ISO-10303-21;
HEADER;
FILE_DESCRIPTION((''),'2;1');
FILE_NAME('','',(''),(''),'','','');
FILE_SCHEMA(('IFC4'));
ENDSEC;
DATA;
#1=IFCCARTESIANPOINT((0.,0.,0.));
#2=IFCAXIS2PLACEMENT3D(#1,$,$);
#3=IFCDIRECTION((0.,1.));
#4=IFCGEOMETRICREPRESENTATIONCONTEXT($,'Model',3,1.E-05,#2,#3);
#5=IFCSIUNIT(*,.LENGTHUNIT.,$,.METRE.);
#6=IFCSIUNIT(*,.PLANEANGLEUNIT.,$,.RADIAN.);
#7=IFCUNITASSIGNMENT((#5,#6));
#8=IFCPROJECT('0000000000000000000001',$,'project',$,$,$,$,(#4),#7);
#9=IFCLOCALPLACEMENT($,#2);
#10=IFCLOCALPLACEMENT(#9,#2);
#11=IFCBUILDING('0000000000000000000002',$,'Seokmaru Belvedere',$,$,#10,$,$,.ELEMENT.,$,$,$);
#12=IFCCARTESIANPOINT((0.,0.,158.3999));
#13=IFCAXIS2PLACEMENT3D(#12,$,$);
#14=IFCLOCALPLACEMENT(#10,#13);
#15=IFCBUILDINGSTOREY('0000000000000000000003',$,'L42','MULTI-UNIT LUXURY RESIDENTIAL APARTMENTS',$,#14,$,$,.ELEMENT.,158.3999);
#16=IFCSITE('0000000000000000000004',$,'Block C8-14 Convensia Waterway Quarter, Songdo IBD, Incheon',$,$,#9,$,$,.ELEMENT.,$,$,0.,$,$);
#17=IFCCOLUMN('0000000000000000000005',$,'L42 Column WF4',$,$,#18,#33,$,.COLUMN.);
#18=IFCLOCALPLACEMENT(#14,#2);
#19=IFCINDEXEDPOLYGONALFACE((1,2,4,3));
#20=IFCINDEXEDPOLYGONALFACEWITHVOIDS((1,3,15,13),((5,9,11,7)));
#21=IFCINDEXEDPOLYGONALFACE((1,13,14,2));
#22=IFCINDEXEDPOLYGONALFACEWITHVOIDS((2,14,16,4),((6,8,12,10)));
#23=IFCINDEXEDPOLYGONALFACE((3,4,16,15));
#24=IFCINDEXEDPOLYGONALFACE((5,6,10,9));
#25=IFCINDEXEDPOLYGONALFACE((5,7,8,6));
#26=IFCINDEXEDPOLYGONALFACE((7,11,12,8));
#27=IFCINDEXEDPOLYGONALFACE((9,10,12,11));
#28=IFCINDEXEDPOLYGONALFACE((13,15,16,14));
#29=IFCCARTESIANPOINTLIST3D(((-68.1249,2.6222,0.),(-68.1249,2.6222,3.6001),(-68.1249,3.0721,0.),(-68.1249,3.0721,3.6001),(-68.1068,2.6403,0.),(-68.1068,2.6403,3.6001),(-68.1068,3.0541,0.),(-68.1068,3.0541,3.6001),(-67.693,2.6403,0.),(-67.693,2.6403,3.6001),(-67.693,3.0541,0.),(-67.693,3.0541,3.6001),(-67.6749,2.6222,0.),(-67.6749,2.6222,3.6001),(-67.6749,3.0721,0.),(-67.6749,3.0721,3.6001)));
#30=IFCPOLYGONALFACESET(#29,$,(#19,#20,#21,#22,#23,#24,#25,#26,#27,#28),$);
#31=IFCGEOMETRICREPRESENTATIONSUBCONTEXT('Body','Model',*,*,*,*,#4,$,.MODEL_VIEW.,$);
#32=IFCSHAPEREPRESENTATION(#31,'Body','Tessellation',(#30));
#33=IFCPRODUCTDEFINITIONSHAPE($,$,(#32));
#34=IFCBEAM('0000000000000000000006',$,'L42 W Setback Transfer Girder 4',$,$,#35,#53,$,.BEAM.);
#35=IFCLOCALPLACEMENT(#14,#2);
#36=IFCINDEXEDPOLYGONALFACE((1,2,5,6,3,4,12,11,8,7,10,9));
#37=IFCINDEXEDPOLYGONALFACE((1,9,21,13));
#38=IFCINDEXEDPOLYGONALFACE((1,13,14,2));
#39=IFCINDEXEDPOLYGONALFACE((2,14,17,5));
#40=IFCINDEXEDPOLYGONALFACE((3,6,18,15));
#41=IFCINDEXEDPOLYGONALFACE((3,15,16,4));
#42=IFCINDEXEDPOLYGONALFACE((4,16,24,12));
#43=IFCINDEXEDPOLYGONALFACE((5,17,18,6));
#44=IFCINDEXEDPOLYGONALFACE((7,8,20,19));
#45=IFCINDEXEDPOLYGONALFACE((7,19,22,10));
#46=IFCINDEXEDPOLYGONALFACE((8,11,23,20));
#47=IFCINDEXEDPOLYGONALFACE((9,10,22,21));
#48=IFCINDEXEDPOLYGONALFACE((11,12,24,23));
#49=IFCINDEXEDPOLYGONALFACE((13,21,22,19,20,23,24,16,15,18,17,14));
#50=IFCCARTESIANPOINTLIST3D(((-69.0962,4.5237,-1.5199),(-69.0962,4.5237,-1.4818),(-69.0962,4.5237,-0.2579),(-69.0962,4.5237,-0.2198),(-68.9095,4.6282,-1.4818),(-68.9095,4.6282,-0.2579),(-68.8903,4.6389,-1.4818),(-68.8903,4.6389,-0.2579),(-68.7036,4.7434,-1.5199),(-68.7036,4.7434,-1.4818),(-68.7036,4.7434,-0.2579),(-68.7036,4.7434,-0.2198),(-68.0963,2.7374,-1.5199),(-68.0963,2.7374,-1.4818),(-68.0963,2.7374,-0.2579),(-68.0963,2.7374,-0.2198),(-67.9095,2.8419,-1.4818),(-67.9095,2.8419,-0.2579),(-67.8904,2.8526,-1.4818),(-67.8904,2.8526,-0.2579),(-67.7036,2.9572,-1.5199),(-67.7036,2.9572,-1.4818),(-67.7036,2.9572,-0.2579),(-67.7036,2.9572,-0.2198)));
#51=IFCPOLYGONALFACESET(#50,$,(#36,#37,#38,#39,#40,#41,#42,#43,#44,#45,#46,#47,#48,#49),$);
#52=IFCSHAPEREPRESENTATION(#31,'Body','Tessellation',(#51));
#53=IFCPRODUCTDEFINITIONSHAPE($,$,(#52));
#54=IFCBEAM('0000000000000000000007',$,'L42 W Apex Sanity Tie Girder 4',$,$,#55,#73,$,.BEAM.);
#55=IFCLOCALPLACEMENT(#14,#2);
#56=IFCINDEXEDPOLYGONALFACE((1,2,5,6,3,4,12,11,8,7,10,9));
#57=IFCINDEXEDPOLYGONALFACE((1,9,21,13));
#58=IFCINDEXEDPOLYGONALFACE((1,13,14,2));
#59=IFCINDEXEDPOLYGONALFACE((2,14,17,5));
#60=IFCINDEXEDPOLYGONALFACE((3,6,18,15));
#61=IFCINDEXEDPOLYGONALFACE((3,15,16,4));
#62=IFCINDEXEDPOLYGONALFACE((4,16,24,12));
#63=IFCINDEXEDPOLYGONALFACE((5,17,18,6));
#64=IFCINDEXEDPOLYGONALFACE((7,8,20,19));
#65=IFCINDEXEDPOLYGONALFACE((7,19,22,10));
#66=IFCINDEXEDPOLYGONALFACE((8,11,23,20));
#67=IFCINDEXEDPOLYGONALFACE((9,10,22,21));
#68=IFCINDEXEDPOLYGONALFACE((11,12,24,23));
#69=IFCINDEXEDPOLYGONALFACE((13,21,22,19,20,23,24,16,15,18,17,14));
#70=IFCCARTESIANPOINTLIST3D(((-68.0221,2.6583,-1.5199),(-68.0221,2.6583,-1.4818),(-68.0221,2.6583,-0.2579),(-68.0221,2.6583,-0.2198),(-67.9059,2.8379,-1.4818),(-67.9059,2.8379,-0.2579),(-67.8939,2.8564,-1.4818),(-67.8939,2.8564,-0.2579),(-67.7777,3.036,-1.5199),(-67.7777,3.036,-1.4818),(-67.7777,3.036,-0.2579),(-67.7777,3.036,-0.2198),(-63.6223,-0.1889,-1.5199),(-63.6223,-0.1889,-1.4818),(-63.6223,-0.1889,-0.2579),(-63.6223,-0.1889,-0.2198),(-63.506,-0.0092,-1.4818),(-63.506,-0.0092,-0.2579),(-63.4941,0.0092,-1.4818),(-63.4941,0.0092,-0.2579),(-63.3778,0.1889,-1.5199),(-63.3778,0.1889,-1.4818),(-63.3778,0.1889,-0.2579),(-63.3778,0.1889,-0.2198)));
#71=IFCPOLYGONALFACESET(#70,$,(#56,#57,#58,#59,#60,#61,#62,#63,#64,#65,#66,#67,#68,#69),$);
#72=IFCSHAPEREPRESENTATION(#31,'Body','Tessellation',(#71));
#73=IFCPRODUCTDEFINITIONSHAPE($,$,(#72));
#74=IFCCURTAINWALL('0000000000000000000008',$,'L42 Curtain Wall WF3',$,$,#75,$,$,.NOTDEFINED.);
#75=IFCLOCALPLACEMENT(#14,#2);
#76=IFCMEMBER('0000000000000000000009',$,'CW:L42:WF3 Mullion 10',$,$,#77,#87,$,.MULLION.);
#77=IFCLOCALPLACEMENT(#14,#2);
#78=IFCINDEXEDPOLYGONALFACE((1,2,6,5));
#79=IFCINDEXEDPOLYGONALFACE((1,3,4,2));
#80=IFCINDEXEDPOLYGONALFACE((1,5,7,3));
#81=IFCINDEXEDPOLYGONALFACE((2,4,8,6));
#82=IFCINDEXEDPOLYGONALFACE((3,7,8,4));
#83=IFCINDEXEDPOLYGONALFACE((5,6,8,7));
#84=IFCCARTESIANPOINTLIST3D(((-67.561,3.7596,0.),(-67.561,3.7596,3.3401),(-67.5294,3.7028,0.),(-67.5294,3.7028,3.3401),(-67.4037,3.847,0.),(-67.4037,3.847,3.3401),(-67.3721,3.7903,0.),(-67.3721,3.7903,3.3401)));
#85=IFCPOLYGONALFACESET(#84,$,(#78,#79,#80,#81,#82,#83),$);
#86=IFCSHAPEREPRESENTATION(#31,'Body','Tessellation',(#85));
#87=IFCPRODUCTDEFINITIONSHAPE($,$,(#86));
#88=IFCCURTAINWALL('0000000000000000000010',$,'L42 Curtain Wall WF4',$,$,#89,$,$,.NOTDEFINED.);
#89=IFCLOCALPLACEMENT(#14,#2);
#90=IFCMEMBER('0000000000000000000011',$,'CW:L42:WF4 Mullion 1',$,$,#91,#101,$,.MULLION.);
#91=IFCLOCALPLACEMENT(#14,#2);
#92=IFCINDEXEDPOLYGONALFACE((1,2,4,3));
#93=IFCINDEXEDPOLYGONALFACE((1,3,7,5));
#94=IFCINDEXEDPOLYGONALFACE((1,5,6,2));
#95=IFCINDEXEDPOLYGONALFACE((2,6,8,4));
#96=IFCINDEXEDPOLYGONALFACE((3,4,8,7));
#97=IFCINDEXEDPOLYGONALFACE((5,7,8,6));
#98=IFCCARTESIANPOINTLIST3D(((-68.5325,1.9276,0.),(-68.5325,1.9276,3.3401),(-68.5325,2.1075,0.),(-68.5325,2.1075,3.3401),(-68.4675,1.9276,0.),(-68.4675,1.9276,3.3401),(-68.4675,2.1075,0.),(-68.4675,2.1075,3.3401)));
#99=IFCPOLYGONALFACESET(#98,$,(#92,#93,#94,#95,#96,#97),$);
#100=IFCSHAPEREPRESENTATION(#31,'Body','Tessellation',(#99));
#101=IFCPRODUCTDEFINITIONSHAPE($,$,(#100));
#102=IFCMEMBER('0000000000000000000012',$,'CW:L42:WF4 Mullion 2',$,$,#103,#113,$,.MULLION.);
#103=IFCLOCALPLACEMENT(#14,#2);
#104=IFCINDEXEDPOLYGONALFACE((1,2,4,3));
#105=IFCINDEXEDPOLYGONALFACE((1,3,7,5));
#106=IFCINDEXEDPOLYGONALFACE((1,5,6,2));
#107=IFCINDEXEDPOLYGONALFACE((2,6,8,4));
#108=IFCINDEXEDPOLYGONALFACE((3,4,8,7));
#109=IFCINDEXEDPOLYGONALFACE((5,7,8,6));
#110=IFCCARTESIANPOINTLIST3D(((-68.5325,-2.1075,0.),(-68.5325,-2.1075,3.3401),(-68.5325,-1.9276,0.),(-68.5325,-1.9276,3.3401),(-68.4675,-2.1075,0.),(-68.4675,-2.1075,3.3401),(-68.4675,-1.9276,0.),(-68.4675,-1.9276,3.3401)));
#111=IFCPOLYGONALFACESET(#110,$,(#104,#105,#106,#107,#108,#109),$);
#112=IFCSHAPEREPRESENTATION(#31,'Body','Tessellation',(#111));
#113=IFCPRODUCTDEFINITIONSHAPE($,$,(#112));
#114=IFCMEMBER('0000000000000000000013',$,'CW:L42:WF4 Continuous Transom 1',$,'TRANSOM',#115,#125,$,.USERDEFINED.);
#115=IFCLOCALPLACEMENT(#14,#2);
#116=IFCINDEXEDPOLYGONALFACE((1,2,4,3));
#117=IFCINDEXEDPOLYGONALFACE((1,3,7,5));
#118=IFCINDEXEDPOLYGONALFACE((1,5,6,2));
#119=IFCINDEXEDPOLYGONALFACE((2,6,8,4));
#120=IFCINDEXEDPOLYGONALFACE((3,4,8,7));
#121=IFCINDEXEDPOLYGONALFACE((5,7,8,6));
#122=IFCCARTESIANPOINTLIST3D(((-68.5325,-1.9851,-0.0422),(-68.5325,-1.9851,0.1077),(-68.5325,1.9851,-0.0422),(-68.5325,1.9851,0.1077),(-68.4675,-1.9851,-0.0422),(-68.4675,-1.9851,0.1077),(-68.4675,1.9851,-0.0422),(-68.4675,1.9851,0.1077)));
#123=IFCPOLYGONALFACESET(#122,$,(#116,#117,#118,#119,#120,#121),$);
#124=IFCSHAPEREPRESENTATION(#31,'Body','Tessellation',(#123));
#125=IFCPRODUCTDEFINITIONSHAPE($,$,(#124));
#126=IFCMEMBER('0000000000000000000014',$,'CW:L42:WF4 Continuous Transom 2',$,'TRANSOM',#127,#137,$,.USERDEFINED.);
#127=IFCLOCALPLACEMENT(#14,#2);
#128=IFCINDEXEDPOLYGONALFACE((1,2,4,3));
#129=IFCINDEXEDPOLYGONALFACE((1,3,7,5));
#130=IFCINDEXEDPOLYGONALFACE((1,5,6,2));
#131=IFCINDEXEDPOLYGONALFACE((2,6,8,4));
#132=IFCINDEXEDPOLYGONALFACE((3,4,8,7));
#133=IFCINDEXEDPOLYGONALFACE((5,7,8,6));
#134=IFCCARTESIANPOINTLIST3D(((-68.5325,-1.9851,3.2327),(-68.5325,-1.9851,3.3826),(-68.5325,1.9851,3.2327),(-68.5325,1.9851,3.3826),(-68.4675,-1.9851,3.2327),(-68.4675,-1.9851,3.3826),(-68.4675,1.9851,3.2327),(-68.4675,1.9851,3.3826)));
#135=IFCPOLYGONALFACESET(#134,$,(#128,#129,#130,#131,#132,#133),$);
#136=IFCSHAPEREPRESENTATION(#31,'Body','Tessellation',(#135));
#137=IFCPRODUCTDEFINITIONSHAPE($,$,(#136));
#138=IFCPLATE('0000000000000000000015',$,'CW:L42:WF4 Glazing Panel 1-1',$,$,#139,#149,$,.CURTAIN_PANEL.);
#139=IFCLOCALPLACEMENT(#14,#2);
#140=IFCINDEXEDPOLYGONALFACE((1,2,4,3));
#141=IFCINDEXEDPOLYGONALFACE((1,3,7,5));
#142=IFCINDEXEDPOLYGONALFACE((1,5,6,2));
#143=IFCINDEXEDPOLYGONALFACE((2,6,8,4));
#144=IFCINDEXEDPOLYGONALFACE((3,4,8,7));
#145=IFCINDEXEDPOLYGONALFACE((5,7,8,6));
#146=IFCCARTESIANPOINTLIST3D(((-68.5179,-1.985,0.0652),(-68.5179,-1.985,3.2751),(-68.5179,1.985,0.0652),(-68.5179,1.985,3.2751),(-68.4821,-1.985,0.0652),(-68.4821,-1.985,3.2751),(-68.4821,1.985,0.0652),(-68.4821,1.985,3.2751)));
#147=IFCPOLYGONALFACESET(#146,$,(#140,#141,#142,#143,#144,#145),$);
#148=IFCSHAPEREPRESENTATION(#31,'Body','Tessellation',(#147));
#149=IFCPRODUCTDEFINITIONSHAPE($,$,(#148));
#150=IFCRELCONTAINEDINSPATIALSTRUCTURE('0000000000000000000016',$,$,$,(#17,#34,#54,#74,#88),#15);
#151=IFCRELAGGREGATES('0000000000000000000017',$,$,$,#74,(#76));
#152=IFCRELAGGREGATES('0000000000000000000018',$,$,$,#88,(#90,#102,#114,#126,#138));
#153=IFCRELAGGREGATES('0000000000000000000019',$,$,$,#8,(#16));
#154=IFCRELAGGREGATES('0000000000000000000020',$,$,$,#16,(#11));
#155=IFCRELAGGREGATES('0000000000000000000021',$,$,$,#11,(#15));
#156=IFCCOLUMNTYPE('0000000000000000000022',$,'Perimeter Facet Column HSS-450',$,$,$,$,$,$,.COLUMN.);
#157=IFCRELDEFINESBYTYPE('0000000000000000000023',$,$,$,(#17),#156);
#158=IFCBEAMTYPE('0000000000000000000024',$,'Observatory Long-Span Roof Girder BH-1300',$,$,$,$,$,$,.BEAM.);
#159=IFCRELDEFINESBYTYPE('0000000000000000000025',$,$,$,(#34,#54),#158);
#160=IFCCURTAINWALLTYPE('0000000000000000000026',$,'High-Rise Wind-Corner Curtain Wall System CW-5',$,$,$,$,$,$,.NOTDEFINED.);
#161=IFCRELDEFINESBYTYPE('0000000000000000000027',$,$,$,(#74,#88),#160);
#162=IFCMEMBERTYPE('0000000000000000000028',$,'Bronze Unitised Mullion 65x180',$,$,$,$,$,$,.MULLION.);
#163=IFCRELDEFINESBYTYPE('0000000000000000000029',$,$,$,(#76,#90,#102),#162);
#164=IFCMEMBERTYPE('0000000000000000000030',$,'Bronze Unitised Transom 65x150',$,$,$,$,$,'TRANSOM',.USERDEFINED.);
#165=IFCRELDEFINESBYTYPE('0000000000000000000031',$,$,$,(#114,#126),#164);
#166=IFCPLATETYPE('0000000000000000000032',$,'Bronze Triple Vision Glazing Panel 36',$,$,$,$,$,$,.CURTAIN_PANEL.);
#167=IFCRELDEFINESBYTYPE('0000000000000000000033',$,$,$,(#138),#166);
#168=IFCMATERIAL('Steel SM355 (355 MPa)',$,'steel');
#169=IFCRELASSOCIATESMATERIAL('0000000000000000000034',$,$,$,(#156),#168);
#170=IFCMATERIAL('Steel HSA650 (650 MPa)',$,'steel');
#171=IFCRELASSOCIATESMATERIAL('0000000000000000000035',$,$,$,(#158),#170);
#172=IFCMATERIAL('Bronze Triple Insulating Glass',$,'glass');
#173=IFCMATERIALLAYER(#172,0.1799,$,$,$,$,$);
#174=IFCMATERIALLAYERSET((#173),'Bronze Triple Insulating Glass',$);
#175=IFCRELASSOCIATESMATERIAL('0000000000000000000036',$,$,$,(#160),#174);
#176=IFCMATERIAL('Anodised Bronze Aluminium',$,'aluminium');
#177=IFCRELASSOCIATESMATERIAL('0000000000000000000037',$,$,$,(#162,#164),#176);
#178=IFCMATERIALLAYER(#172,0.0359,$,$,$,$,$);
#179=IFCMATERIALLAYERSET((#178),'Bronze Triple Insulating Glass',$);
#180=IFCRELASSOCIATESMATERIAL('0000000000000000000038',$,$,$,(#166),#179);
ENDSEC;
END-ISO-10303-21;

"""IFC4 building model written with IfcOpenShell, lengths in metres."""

from ifc_helpers import new_model, si_unit, direction, frame, origin, origin_2d, place, context, subcontext, project, spatial, rectangle, hollow_rectangle, i_section, extrude, source, transform, mapped, material, layer, layer_set, material_profile, profile_set, type_object, type_shapes, element, aggregate, save


model = new_model("IFC4")

# Units and contexts
model_context = context("Model", 3, precision=1e-05, world=origin(), true_north=direction((0.0, 1.0)))
body_context = subcontext(model_context, "Body", "Model", "MODEL_VIEW")
ifc_project = project(units=[si_unit("LENGTHUNIT", "METRE"), si_unit("PLANEANGLEUNIT", "RADIAN")], contexts=[model_context])

# Site, building, storey
site_placement = place(None, origin())
site = spatial("IfcSite", under=ifc_project, at=site_placement, Name="Block C8-14 Convensia Waterway Quarter, Songdo IBD, Incheon", CompositionType="ELEMENT", RefElevation=0.0)
building_placement = place(site_placement, origin())
building = spatial("IfcBuilding", under=site, at=building_placement, Name="Seokmaru Belvedere", CompositionType="ELEMENT")
storey_placement = place(building_placement, frame((0.0, 0.0, 158.3999)))
storey = spatial("IfcBuildingStorey", under=building, at=storey_placement, Name="L42", Description="MULTI-UNIT LUXURY RESIDENTIAL APARTMENTS", CompositionType="ELEMENT", Elevation=158.3999)

# Column
ifc_material_1 = material(Name="Steel SM355 (355 MPa)", Category="steel")
ifc_material_profile_1 = material_profile(ifc_material_1, hollow_rectangle(XDim=0.45, YDim=0.45, WallThickness=0.0181, at=origin_2d()), Name="HSS-450x450x18")
ifc_profile_set_1 = profile_set([ifc_material_profile_1], Name="Steel SM355 (355 MPa)")
column_type = type_object("IfcColumnType", Name="Perimeter Facet Column HSS-450", PredefinedType="COLUMN", material=ifc_profile_set_1)
shared_shape_1 = source(origin(), body_context, "Body", "SweptSolid", [
    extrude(hollow_rectangle(XDim=0.45, YDim=0.45, WallThickness=0.0181, at=origin_2d()), origin(), (0.0, 0.0, 1.0), 3.6001),
])
type_shapes(column_type, [shared_shape_1])
column_placement = place(storey_placement, frame((-67.8999, 2.8472, 0.0), z_axis=(0.0, 0.0, 1.0), x_axis=(1.0, 0.0, 0.0)))
element("IfcColumn", 1, at=column_placement, inside=storey, type_object=column_type, Name="L42 Column WF4", PredefinedType="COLUMN", context=body_context, shape_type="MappedRepresentation", body=[
    mapped(shared_shape_1, transform((0.0, 0.0, 0.0), scale=1.0)),
])

# Beams
ifc_material_2 = material(Name="Steel HSA650 (650 MPa)", Category="steel")
ifc_material_profile_2 = material_profile(ifc_material_2, i_section(OverallWidth=0.45, OverallDepth=1.3, WebThickness=0.022, FlangeThickness=0.0381, at=origin_2d()), Name="BH-1300x450x22x38")
ifc_profile_set_2 = profile_set([ifc_material_profile_2], Name="Steel HSA650 (650 MPa)")
beam_type = type_object("IfcBeamType", Name="Observatory Long-Span Roof Girder BH-1300", PredefinedType="BEAM", material=ifc_profile_set_2)
shared_shape_2 = source(origin(), body_context, "Body", "SweptSolid", [
    extrude(i_section(OverallWidth=0.45, OverallDepth=1.3, WebThickness=0.022, FlangeThickness=0.0381, at=origin_2d()), origin(), (0.0, 0.0, 1.0), 2.0471),
])
beam_1_placement = place(storey_placement, frame((-68.8999, 4.6335, -0.8699), z_axis=(0.488465, -0.872583, 0.0), x_axis=(0.872583, 0.488465, 0.0)))
element("IfcBeam", 2, at=beam_1_placement, inside=storey, type_object=beam_type, Name="L42 W Setback Transfer Girder 4", PredefinedType="BEAM", context=body_context, shape_type="MappedRepresentation", body=[
    mapped(shared_shape_2, transform((0.0, 0.0, 0.0), scale=1.0)),
])
shared_shape_3 = source(origin(), body_context, "Body", "SweptSolid", [
    extrude(i_section(OverallWidth=0.45, OverallDepth=1.3, WebThickness=0.022, FlangeThickness=0.0381, at=origin_2d()), origin(), (0.0, 0.0, 1.0), 5.2407),
])
type_shapes(beam_type, [shared_shape_2, shared_shape_3])
beam_2_placement = place(storey_placement, frame((-67.8999, 2.8472, -0.8699), z_axis=(0.839555, -0.543274, 0.0), x_axis=(0.543274, 0.839555, 0.0)))
element("IfcBeam", 3, at=beam_2_placement, inside=storey, type_object=beam_type, Name="L42 W Apex Sanity Tie Girder 4", PredefinedType="BEAM", context=body_context, shape_type="MappedRepresentation", body=[
    mapped(shared_shape_3, transform((0.0, 0.0, 0.0), scale=1.0)),
])

# Curtain wall, member
ifc_material_3 = material(Name="Bronze Triple Insulating Glass", Category="glass")
ifc_layer_1 = layer(ifc_material_3, 0.1799)
ifc_layer_set_1 = layer_set([ifc_layer_1], Name="Bronze Triple Insulating Glass")
curtain_wall_type = type_object("IfcCurtainWallType", Name="High-Rise Wind-Corner Curtain Wall System CW-5", PredefinedType="NOTDEFINED", material=ifc_layer_set_1)
curtain_wall_1_placement = place(storey_placement, origin())
curtain_wall_1 = element("IfcCurtainWall", 4, at=curtain_wall_1_placement, inside=storey, type_object=curtain_wall_type, Name="L42 Curtain Wall WF3", PredefinedType="NOTDEFINED")
ifc_material_4 = material(Name="Anodised Bronze Aluminium", Category="aluminium")
ifc_material_profile_3 = material_profile(ifc_material_4, rectangle(XDim=0.0649, YDim=0.1799, at=origin_2d()), Name="CW-M-65x180")
ifc_profile_set_3 = profile_set([ifc_material_profile_3], Name="Anodised Bronze Aluminium")
member_type_1 = type_object("IfcMemberType", Name="Bronze Unitised Mullion 65x180", PredefinedType="MULLION", material=ifc_profile_set_3)
shared_shape_4 = source(origin(), body_context, "Body", "SweptSolid", [
    extrude(rectangle(XDim=0.0649, YDim=0.1799, at=origin_2d()), origin(), (0.0, 0.0, 1.0), 3.3401),
])
type_shapes(member_type_1, [shared_shape_4])
member_1_placement = place(storey_placement, frame((-67.4666, 3.7749, 0.0), z_axis=(0.0, 0.0, 1.0), x_axis=(0.486047, -0.873933, 0.0)))
member_1 = element("IfcMember", 5, at=member_1_placement, type_object=member_type_1, Name="CW:L42:WF3 Mullion 10", PredefinedType="MULLION", context=body_context, shape_type="MappedRepresentation", body=[
    mapped(shared_shape_4, transform((0.0, 0.0, 0.0), scale=1.0)),
])
aggregate(curtain_wall_1, [member_1])

# Curtain wall, members, plate
curtain_wall_2_placement = place(storey_placement, origin())
curtain_wall_2 = element("IfcCurtainWall", 6, at=curtain_wall_2_placement, inside=storey, type_object=curtain_wall_type, Name="L42 Curtain Wall WF4", PredefinedType="NOTDEFINED")
member_2_placement = place(storey_placement, frame((-68.5, 2.0176, 0.0), z_axis=(0.0, 0.0, 1.0), x_axis=(1.0, 0.0, 0.0)))
member_2 = element("IfcMember", 7, at=member_2_placement, type_object=member_type_1, Name="CW:L42:WF4 Mullion 1", PredefinedType="MULLION", context=body_context, shape_type="MappedRepresentation", body=[
    mapped(shared_shape_4, transform((0.0, 0.0, 0.0), scale=1.0)),
])
member_3_placement = place(storey_placement, frame((-68.5, -2.0176, 0.0), z_axis=(0.0, 0.0, 1.0), x_axis=(1.0, 0.0, 0.0)))
member_3 = element("IfcMember", 8, at=member_3_placement, type_object=member_type_1, Name="CW:L42:WF4 Mullion 2", PredefinedType="MULLION", context=body_context, shape_type="MappedRepresentation", body=[
    mapped(shared_shape_4, transform((0.0, 0.0, 0.0), scale=1.0)),
])
ifc_material_profile_4 = material_profile(ifc_material_4, rectangle(XDim=0.0649, YDim=0.1499, at=origin_2d()), Name="CW-T-65x150")
ifc_profile_set_4 = profile_set([ifc_material_profile_4], Name="Anodised Bronze Aluminium")
member_type_2 = type_object("IfcMemberType", Name="Bronze Unitised Transom 65x150", ElementType="TRANSOM", PredefinedType="USERDEFINED", material=ifc_profile_set_4)
shared_shape_5 = source(origin(), body_context, "Body", "SweptSolid", [
    extrude(rectangle(XDim=0.0649, YDim=0.1499, at=origin_2d()), origin(), (0.0, 0.0, 1.0), 3.9702),
])
type_shapes(member_type_2, [shared_shape_5])
member_4_placement = place(storey_placement, frame((-68.5, 1.9851, 0.0327), z_axis=(0.0, -1.0, 0.0), x_axis=(1.0, 0.0, 0.0)))
member_4 = element("IfcMember", 9, at=member_4_placement, type_object=member_type_2, Name="CW:L42:WF4 Continuous Transom 1", ObjectType="TRANSOM", PredefinedType="USERDEFINED", context=body_context, shape_type="MappedRepresentation", body=[
    mapped(shared_shape_5, transform((0.0, 0.0, 0.0), scale=1.0)),
])
member_5_placement = place(storey_placement, frame((-68.5, 1.9851, 3.3076), z_axis=(0.0, -1.0, 0.0), x_axis=(1.0, 0.0, 0.0)))
member_5 = element("IfcMember", 10, at=member_5_placement, type_object=member_type_2, Name="CW:L42:WF4 Continuous Transom 2", ObjectType="TRANSOM", PredefinedType="USERDEFINED", context=body_context, shape_type="MappedRepresentation", body=[
    mapped(shared_shape_5, transform((0.0, 0.0, 0.0), scale=1.0)),
])
ifc_layer_2 = layer(ifc_material_3, 0.0359)
ifc_layer_set_2 = layer_set([ifc_layer_2], Name="Bronze Triple Insulating Glass")
plate_type = type_object("IfcPlateType", Name="Bronze Triple Vision Glazing Panel 36", PredefinedType="CURTAIN_PANEL", material=ifc_layer_set_2)
shared_shape_6 = source(origin(), body_context, "Body", "SweptSolid", [
    extrude(rectangle(XDim=3.97, YDim=0.0359, at=origin_2d()), origin(), (0.0, 0.0, 1.0), 3.21),
])
type_shapes(plate_type, [shared_shape_6])
plate_placement = place(storey_placement, frame((-68.5, 0.0, 0.0652), z_axis=(0.0, 0.0, 1.0), x_axis=(0.0, -1.0, 0.0)))
plate = element("IfcPlate", 11, at=plate_placement, type_object=plate_type, Name="CW:L42:WF4 Glazing Panel 1-1", PredefinedType="CURTAIN_PANEL", context=body_context, shape_type="MappedRepresentation", body=[
    mapped(shared_shape_6, transform((0.0, 0.0, 0.0), scale=1.0)),
])
aggregate(curtain_wall_2, [member_2, member_3, member_4, member_5, plate])

save(model, "model.ifc")
